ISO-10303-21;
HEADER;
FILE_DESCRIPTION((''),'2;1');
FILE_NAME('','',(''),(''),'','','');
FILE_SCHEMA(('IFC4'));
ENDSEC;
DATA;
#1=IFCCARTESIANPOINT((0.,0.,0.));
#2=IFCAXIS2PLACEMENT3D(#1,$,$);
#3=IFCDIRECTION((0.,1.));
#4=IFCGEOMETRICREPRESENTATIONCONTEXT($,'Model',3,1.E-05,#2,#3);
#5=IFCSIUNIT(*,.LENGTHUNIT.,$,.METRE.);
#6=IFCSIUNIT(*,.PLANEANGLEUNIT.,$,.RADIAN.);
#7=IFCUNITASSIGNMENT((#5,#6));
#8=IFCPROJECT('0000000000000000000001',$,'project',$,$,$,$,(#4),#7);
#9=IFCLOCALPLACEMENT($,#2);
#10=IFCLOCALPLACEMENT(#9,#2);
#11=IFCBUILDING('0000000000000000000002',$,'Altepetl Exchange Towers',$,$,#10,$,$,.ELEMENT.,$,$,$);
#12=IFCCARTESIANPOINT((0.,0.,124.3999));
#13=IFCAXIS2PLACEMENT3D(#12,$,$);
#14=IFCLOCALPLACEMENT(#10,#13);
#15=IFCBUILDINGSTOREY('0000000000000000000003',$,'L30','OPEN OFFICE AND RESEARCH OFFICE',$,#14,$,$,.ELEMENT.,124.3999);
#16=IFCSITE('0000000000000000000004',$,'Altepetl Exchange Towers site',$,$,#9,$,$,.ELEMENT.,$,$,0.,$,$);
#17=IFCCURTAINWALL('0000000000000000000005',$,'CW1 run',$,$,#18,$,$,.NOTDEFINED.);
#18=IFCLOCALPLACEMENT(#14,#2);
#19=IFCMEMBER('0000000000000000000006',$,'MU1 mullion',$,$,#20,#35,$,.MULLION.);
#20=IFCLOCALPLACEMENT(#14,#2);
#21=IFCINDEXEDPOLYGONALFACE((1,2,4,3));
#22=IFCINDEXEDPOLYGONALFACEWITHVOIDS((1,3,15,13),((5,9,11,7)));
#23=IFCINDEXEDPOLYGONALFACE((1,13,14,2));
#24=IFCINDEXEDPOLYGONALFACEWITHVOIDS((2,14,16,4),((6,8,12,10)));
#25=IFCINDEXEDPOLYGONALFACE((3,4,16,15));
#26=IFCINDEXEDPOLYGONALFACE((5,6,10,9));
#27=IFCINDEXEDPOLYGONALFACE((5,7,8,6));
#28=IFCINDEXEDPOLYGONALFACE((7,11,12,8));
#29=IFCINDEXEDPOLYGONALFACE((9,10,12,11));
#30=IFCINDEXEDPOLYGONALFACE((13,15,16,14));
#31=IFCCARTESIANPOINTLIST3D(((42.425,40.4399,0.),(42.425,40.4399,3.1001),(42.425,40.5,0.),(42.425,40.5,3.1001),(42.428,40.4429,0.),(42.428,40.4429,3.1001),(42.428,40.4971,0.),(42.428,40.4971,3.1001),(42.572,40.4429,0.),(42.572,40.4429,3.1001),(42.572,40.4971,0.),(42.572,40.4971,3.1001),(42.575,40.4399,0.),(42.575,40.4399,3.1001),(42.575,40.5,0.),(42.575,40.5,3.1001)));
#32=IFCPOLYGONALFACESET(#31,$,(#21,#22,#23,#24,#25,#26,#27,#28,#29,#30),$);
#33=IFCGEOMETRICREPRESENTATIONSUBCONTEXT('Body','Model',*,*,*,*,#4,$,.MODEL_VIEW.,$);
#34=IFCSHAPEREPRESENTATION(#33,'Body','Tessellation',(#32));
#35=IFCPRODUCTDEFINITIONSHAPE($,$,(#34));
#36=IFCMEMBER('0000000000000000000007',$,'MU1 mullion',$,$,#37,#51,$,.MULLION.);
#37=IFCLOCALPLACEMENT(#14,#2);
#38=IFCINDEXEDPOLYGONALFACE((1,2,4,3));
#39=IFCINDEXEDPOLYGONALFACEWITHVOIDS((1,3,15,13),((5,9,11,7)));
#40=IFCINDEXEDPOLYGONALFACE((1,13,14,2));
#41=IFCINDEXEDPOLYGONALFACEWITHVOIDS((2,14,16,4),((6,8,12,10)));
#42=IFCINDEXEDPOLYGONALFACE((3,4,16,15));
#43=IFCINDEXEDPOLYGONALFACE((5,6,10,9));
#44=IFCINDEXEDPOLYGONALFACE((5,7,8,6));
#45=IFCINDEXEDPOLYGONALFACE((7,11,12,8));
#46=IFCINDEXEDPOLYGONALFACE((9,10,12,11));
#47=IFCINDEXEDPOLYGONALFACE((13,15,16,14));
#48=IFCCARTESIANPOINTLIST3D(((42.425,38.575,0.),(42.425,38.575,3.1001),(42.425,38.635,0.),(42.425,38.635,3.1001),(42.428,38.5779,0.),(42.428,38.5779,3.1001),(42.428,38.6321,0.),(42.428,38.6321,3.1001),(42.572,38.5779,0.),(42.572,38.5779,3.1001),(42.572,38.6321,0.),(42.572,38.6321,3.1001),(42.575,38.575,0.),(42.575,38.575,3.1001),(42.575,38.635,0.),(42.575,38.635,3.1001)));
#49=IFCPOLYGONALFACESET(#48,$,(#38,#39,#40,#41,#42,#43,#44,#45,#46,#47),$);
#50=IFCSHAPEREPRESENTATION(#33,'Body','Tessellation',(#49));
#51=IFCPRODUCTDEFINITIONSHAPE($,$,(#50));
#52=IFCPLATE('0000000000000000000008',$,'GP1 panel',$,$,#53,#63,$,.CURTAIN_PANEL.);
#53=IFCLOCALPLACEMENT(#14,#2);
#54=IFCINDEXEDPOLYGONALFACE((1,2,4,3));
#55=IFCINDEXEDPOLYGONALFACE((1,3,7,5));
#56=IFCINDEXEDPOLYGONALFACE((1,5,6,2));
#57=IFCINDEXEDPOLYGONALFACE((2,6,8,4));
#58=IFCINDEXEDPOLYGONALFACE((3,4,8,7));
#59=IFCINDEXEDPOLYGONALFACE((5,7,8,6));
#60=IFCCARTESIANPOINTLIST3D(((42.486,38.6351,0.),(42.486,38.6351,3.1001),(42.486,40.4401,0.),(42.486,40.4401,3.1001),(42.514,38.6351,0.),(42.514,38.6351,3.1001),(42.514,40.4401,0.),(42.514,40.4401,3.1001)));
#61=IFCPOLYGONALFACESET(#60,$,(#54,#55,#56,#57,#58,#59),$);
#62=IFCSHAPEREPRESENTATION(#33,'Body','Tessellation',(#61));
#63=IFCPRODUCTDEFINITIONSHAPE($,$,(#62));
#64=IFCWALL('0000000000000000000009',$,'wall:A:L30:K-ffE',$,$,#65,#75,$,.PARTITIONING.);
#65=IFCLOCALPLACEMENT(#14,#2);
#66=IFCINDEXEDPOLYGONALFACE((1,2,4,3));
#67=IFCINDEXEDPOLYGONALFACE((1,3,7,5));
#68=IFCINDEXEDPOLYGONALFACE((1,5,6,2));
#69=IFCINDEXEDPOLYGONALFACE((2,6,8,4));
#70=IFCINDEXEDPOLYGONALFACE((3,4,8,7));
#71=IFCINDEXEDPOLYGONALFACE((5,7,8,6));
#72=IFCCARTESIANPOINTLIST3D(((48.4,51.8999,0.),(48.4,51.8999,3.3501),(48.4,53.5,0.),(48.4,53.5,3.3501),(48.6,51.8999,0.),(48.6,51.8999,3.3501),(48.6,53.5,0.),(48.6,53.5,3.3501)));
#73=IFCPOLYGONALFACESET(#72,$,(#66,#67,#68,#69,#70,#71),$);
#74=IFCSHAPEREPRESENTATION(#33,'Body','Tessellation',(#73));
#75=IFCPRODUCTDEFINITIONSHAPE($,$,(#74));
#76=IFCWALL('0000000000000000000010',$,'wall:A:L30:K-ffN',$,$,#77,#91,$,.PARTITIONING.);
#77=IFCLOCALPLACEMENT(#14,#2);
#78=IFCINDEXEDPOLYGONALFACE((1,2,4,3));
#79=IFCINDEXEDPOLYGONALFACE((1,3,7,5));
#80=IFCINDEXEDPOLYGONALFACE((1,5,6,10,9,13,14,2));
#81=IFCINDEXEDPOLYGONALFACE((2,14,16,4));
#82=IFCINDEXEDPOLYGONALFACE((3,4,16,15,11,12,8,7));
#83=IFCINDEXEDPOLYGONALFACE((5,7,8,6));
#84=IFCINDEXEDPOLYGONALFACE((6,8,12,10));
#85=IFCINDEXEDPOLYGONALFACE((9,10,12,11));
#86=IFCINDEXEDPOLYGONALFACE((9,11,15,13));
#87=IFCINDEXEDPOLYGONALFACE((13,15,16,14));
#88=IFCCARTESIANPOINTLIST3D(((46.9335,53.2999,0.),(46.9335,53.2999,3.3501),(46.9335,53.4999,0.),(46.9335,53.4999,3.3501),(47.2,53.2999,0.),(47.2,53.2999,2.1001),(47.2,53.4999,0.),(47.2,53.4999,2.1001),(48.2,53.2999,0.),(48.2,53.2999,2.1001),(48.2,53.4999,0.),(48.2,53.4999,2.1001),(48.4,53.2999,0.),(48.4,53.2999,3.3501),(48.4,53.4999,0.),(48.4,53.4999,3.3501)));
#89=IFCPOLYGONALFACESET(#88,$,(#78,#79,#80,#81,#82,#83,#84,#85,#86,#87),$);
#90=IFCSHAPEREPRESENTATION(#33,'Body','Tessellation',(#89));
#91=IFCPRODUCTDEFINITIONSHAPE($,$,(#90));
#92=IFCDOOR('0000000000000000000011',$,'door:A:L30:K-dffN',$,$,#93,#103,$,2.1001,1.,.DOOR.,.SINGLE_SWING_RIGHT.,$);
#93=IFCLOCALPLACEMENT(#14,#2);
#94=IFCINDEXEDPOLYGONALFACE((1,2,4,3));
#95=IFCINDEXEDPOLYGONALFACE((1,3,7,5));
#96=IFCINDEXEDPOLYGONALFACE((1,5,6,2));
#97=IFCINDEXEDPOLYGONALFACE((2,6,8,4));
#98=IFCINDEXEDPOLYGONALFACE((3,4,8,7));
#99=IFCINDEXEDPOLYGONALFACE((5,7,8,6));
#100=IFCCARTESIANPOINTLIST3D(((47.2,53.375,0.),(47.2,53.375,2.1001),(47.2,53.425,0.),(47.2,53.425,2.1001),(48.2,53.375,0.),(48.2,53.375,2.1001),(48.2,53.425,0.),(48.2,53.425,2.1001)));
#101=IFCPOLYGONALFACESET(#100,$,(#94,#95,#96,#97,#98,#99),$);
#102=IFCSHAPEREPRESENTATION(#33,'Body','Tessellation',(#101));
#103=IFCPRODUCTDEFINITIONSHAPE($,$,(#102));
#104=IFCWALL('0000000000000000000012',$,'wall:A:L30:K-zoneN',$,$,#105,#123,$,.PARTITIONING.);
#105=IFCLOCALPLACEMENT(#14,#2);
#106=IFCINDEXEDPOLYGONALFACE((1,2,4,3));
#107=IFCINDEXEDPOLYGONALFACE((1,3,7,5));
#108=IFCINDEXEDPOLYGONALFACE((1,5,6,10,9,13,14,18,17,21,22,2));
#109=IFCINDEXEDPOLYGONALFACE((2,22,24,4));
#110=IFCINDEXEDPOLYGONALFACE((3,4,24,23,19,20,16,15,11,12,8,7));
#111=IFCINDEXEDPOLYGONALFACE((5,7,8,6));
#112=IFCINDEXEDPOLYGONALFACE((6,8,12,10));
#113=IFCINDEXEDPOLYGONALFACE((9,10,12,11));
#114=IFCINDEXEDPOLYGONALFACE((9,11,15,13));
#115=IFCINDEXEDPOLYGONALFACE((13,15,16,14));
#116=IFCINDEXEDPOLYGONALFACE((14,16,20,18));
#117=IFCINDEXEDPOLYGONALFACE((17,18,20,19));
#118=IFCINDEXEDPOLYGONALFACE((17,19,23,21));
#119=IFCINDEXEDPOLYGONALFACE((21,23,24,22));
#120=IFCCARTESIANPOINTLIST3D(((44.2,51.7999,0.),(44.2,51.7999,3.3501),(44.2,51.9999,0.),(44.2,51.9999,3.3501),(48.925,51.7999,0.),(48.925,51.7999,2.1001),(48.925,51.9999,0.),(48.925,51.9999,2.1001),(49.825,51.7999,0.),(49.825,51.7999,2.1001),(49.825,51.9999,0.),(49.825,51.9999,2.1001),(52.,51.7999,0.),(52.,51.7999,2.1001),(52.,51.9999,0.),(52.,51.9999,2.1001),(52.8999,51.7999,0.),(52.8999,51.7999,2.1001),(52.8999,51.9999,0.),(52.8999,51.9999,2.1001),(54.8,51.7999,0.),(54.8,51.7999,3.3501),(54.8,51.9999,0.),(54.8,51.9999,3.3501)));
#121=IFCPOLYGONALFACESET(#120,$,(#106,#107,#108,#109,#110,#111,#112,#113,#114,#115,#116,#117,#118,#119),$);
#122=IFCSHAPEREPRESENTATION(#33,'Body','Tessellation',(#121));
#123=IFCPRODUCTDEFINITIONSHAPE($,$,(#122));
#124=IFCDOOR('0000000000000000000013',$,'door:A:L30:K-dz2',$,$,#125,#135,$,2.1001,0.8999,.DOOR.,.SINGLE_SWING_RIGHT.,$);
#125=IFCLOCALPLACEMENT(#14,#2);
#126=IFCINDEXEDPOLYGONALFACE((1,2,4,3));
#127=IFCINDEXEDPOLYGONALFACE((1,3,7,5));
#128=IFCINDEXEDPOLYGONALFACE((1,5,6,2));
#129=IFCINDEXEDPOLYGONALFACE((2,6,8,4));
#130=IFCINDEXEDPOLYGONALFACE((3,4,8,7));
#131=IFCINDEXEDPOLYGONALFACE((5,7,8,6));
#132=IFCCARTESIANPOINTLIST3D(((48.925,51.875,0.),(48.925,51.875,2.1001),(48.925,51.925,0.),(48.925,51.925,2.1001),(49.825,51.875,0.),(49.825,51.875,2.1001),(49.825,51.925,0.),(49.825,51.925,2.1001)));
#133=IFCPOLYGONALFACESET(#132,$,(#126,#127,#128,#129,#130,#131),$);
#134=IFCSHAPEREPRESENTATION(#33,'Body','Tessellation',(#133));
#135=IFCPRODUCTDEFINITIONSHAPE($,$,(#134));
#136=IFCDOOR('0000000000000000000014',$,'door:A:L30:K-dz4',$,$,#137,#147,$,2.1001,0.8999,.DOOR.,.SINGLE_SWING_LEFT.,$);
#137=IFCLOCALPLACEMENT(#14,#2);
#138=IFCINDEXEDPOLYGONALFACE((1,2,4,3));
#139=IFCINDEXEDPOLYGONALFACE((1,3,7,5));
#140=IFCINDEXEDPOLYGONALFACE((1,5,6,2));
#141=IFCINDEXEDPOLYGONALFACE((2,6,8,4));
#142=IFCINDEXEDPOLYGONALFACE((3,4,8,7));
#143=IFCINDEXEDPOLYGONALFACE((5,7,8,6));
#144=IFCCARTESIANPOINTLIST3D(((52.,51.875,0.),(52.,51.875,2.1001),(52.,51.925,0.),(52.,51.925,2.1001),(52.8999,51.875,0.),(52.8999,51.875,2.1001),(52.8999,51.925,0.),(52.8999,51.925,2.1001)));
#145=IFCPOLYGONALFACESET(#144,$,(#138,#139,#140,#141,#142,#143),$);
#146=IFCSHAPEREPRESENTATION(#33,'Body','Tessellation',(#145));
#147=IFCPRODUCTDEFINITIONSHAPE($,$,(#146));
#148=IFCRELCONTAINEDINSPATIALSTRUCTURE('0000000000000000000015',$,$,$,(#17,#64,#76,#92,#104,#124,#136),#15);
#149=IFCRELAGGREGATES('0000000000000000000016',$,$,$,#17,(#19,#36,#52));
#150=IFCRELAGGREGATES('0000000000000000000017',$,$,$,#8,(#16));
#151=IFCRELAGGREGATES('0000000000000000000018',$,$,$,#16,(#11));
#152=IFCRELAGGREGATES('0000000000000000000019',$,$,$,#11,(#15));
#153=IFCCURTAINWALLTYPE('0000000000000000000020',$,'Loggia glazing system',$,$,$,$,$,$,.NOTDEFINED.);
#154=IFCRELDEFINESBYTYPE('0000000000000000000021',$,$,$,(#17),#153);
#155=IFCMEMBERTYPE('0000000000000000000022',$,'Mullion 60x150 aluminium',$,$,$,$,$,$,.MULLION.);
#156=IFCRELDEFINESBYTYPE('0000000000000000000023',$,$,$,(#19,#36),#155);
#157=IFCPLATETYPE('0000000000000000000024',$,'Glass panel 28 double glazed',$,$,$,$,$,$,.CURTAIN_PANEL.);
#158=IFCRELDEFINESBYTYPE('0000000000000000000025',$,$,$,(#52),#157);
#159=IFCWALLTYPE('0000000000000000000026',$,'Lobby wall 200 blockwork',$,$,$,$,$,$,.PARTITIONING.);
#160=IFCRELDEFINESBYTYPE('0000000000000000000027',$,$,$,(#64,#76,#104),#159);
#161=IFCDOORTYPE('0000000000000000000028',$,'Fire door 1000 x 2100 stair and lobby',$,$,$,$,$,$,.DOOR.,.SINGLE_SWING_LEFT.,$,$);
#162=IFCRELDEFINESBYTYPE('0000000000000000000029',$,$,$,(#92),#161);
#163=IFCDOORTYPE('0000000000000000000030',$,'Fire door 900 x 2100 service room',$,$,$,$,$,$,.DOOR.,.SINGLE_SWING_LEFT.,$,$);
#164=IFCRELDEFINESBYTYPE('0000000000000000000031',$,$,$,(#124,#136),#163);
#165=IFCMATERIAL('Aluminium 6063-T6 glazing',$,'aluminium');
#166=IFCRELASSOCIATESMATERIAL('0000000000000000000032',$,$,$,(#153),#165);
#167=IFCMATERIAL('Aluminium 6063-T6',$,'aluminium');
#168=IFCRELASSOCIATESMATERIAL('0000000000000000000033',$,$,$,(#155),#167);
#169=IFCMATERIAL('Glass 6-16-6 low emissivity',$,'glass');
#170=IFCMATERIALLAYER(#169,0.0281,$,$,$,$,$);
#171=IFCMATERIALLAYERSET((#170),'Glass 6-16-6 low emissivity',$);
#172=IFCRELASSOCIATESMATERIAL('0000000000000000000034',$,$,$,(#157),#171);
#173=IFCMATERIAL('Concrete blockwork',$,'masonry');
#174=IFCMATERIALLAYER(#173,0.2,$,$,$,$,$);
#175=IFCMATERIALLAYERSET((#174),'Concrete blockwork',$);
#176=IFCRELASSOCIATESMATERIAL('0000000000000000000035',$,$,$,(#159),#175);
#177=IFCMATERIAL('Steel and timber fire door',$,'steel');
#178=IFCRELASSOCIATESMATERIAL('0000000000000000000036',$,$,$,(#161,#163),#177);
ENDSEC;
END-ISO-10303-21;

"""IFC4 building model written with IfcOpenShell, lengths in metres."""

from ifc_helpers import new_model, si_unit, direction, frame, frame_2d, origin, origin_2d, place, context, subcontext, project, spatial, rectangle, hollow_rectangle, extrude, material, layer, layer_set, material_profile, profile_set, type_object, element, fill, aggregate, save


model = new_model("IFC4")

# Units and contexts
model_context = context("Model", 3, precision=1e-05, world=origin(), true_north=direction((0.0, 1.0)))
body_context = subcontext(model_context, "Body", "Model", "MODEL_VIEW")
ifc_project = project(units=[si_unit("LENGTHUNIT", "METRE"), si_unit("PLANEANGLEUNIT", "RADIAN")], contexts=[model_context])

# Site, building, storey
site_placement = place(None, origin())
site = spatial("IfcSite", under=ifc_project, at=site_placement, Name="Altepetl Exchange Towers site", CompositionType="ELEMENT", RefElevation=0.0)
building_placement = place(site_placement, origin())
building = spatial("IfcBuilding", under=site, at=building_placement, Name="Altepetl Exchange Towers", CompositionType="ELEMENT")
storey_placement = place(building_placement, frame((0.0, 0.0, 124.3999)))
storey = spatial("IfcBuildingStorey", under=building, at=storey_placement, Name="L30", Description="OPEN OFFICE AND RESEARCH OFFICE", CompositionType="ELEMENT", Elevation=124.3999)

# Curtain wall, members, plate
ifc_material_1 = material(Name="Aluminium 6063-T6 glazing", Category="aluminium")
curtain_wall_type = type_object("IfcCurtainWallType", Name="Loggia glazing system", PredefinedType="NOTDEFINED", material=ifc_material_1)
curtain_wall_placement = place(storey_placement, origin())
curtain_wall = element("IfcCurtainWall", 1, at=curtain_wall_placement, inside=storey, type_object=curtain_wall_type, Name="CW1 run", PredefinedType="NOTDEFINED")
ifc_material_2 = material(Name="Aluminium 6063-T6", Category="aluminium")
ifc_material_profile = material_profile(ifc_material_2, hollow_rectangle(XDim=0.0601, YDim=0.1499, WallThickness=0.0029, at=origin_2d()), Name="Mullion 60x150 aluminium")
ifc_profile_set = profile_set([ifc_material_profile], Name="Aluminium 6063-T6")
member_type = type_object("IfcMemberType", Name="Mullion 60x150 aluminium", PredefinedType="MULLION", material=ifc_profile_set)
member_1_placement = place(storey_placement, frame((42.5, 40.47, 0.0), z_axis=(0.0, 0.0, 1.0), x_axis=(0.0, -1.0, 0.0)))
member_1 = element("IfcMember", 2, at=member_1_placement, type_object=member_type, Name="MU1 mullion", PredefinedType="MULLION", context=body_context, shape_type="SweptSolid", body=[
    extrude(hollow_rectangle(XDim=0.0601, YDim=0.1499, WallThickness=0.0029, at=origin_2d()), origin(), (0.0, 0.0, 1.0), 3.1001),
])
member_2_placement = place(storey_placement, frame((42.5, 38.605, 0.0), z_axis=(0.0, 0.0, 1.0), x_axis=(0.0, -1.0, 0.0)))
member_2 = element("IfcMember", 3, at=member_2_placement, type_object=member_type, Name="MU1 mullion", PredefinedType="MULLION", context=body_context, shape_type="SweptSolid", body=[
    extrude(hollow_rectangle(XDim=0.0601, YDim=0.1499, WallThickness=0.0029, at=origin_2d()), origin(), (0.0, 0.0, 1.0), 3.1001),
])
ifc_material_3 = material(Name="Glass 6-16-6 low emissivity", Category="glass")
ifc_layer_1 = layer(ifc_material_3, 0.0281)
ifc_layer_set_1 = layer_set([ifc_layer_1], Name="Glass 6-16-6 low emissivity")
plate_type = type_object("IfcPlateType", Name="Glass panel 28 double glazed", PredefinedType="CURTAIN_PANEL", material=ifc_layer_set_1)
plate_placement = place(storey_placement, frame((42.5, 39.5376, 0.0), z_axis=(0.0, 0.0, 1.0), x_axis=(0.0, -1.0, 0.0)))
plate = element("IfcPlate", 4, at=plate_placement, type_object=plate_type, Name="GP1 panel", PredefinedType="CURTAIN_PANEL", context=body_context, shape_type="SweptSolid", body=[
    extrude(rectangle(XDim=1.8049, YDim=0.0281, at=origin_2d()), origin(), (0.0, 0.0, 1.0), 3.1001),
])
aggregate(curtain_wall, [member_1, member_2, plate])

# Wall
ifc_material_4 = material(Name="Concrete blockwork", Category="masonry")
ifc_layer_2 = layer(ifc_material_4, 0.2)
ifc_layer_set_2 = layer_set([ifc_layer_2], Name="Concrete blockwork")
wall_type_1 = type_object("IfcWallType", Name="Lobby wall 200 blockwork", PredefinedType="PARTITIONING", material=ifc_layer_set_2)
wall_1_placement = place(storey_placement, frame((48.5, 51.8999, 0.0), z_axis=(0.0, 0.0, 1.0), x_axis=(0.0, 1.0, 0.0)))
element("IfcWall", 5, at=wall_1_placement, inside=storey, type_object=wall_type_1, Name="wall:A:L30:K-ffE", PredefinedType="PARTITIONING", context=body_context, shape_type="SweptSolid", body=[
    extrude(rectangle(XDim=1.6001, YDim=0.2, at=frame_2d((0.8, 0.0))), origin(), (0.0, 0.0, 1.0), 3.3501),
])

# Wall, opening, door
wall_2_placement = place(storey_placement, frame((46.9333, 53.3999, 0.0)))
wall_2 = element("IfcWall", 6, at=wall_2_placement, inside=storey, type_object=wall_type_1, Name="wall:A:L30:K-ffN", PredefinedType="PARTITIONING", context=body_context, shape_type="SweptSolid", body=[
    extrude(rectangle(XDim=1.4666, YDim=0.2, at=frame_2d((0.7334, 0.0))), origin(), (0.0, 0.0, 1.0), 3.3501),
])
opening_1_placement = place(wall_2_placement, frame((0.2666, 0.0, 0.0)))
opening_1 = element("IfcOpeningElement", 7, at=opening_1_placement, cuts=wall_2, PredefinedType="OPENING", context=body_context, shape_type="SweptSolid", body=[
    extrude(rectangle(XDim=1.0, YDim=2.1001, at=frame_2d((0.5, 1.05))), frame((0.0, 0.1099, 0.0), z_axis=(0.0, -1.0, 0.0), x_axis=(1.0, 0.0, 0.0)), (0.0, 0.0, 1.0), 0.22),
])
ifc_material_5 = material(Name="Steel and timber fire door", Category="steel")
door_type_1 = type_object("IfcDoorType", Name="Fire door 1000 x 2100 stair and lobby", OperationType="SINGLE_SWING_LEFT", PredefinedType="DOOR", material=ifc_material_5)
door_1_placement = place(opening_1_placement, frame((1.0, 0.0, 0.0), x_axis=(-1.0, 0.0, 0.0)))
door_1 = element("IfcDoor", 8, at=door_1_placement, inside=storey, type_object=door_type_1, Name="door:A:L30:K-dffN", OperationType="SINGLE_SWING_RIGHT", OverallHeight=2.1001, OverallWidth=1.0, PredefinedType="DOOR", context=body_context, shape_type="SweptSolid", body=[
    extrude(rectangle(XDim=1.0, YDim=2.1001, at=frame_2d((0.5, 1.05))), frame((0.0, 0.0249, 0.0), z_axis=(0.0, -1.0, 0.0), x_axis=(1.0, 0.0, 0.0)), (0.0, 0.0, 1.0), 0.05),
])
fill(opening_1, door_1)

# Wall, openings, doors
wall_3_placement = place(storey_placement, frame((44.2, 51.8999, 0.0)))
wall_3 = element("IfcWall", 9, at=wall_3_placement, inside=storey, type_object=wall_type_1, Name="wall:A:L30:K-zoneN", PredefinedType="PARTITIONING", context=body_context, shape_type="SweptSolid", body=[
    extrude(rectangle(XDim=10.6001, YDim=0.2, at=frame_2d((5.3, 0.0))), origin(), (0.0, 0.0, 1.0), 3.3501),
])
opening_2_placement = place(wall_3_placement, frame((4.7251, 0.0, 0.0)))
opening_2 = element("IfcOpeningElement", 10, at=opening_2_placement, cuts=wall_3, PredefinedType="OPENING", context=body_context, shape_type="SweptSolid", body=[
    extrude(rectangle(XDim=0.8999, YDim=2.1001, at=frame_2d((0.45, 1.05))), frame((0.0, 0.1099, 0.0), z_axis=(0.0, -1.0, 0.0), x_axis=(1.0, 0.0, 0.0)), (0.0, 0.0, 1.0), 0.22),
])
opening_3_placement = place(wall_3_placement, frame((7.8, 0.0, 0.0)))
opening_3 = element("IfcOpeningElement", 11, at=opening_3_placement, cuts=wall_3, PredefinedType="OPENING", context=body_context, shape_type="SweptSolid", body=[
    extrude(rectangle(XDim=0.8999, YDim=2.1001, at=frame_2d((0.45, 1.05))), frame((0.0, 0.1099, 0.0), z_axis=(0.0, -1.0, 0.0), x_axis=(1.0, 0.0, 0.0)), (0.0, 0.0, 1.0), 0.22),
])
door_type_2 = type_object("IfcDoorType", Name="Fire door 900 x 2100 service room", OperationType="SINGLE_SWING_LEFT", PredefinedType="DOOR", material=ifc_material_5)
door_2_placement = place(opening_2_placement, frame((0.8999, 0.0, 0.0), x_axis=(-1.0, 0.0, 0.0)))
door_2 = element("IfcDoor", 12, at=door_2_placement, inside=storey, type_object=door_type_2, Name="door:A:L30:K-dz2", OperationType="SINGLE_SWING_RIGHT", OverallHeight=2.1001, OverallWidth=0.8999, PredefinedType="DOOR", context=body_context, shape_type="SweptSolid", body=[
    extrude(rectangle(XDim=0.8999, YDim=2.1001, at=frame_2d((0.45, 1.05))), frame((0.0, 0.0249, 0.0), z_axis=(0.0, -1.0, 0.0), x_axis=(1.0, 0.0, 0.0)), (0.0, 0.0, 1.0), 0.05),
])
fill(opening_2, door_2)
door_3_placement = place(opening_3_placement, frame((0.8999, 0.0, 0.0), x_axis=(-1.0, 0.0, 0.0)))
door_3 = element("IfcDoor", 13, at=door_3_placement, inside=storey, type_object=door_type_2, Name="door:A:L30:K-dz4", OperationType="SINGLE_SWING_LEFT", OverallHeight=2.1001, OverallWidth=0.8999, PredefinedType="DOOR", context=body_context, shape_type="SweptSolid", body=[
    extrude(rectangle(XDim=0.8999, YDim=2.1001, at=frame_2d((0.45, 1.05))), frame((0.0, 0.0249, 0.0), z_axis=(0.0, -1.0, 0.0), x_axis=(1.0, 0.0, 0.0)), (0.0, 0.0, 1.0), 0.05),
])
fill(opening_3, door_3)

save(model, "model.ifc")
